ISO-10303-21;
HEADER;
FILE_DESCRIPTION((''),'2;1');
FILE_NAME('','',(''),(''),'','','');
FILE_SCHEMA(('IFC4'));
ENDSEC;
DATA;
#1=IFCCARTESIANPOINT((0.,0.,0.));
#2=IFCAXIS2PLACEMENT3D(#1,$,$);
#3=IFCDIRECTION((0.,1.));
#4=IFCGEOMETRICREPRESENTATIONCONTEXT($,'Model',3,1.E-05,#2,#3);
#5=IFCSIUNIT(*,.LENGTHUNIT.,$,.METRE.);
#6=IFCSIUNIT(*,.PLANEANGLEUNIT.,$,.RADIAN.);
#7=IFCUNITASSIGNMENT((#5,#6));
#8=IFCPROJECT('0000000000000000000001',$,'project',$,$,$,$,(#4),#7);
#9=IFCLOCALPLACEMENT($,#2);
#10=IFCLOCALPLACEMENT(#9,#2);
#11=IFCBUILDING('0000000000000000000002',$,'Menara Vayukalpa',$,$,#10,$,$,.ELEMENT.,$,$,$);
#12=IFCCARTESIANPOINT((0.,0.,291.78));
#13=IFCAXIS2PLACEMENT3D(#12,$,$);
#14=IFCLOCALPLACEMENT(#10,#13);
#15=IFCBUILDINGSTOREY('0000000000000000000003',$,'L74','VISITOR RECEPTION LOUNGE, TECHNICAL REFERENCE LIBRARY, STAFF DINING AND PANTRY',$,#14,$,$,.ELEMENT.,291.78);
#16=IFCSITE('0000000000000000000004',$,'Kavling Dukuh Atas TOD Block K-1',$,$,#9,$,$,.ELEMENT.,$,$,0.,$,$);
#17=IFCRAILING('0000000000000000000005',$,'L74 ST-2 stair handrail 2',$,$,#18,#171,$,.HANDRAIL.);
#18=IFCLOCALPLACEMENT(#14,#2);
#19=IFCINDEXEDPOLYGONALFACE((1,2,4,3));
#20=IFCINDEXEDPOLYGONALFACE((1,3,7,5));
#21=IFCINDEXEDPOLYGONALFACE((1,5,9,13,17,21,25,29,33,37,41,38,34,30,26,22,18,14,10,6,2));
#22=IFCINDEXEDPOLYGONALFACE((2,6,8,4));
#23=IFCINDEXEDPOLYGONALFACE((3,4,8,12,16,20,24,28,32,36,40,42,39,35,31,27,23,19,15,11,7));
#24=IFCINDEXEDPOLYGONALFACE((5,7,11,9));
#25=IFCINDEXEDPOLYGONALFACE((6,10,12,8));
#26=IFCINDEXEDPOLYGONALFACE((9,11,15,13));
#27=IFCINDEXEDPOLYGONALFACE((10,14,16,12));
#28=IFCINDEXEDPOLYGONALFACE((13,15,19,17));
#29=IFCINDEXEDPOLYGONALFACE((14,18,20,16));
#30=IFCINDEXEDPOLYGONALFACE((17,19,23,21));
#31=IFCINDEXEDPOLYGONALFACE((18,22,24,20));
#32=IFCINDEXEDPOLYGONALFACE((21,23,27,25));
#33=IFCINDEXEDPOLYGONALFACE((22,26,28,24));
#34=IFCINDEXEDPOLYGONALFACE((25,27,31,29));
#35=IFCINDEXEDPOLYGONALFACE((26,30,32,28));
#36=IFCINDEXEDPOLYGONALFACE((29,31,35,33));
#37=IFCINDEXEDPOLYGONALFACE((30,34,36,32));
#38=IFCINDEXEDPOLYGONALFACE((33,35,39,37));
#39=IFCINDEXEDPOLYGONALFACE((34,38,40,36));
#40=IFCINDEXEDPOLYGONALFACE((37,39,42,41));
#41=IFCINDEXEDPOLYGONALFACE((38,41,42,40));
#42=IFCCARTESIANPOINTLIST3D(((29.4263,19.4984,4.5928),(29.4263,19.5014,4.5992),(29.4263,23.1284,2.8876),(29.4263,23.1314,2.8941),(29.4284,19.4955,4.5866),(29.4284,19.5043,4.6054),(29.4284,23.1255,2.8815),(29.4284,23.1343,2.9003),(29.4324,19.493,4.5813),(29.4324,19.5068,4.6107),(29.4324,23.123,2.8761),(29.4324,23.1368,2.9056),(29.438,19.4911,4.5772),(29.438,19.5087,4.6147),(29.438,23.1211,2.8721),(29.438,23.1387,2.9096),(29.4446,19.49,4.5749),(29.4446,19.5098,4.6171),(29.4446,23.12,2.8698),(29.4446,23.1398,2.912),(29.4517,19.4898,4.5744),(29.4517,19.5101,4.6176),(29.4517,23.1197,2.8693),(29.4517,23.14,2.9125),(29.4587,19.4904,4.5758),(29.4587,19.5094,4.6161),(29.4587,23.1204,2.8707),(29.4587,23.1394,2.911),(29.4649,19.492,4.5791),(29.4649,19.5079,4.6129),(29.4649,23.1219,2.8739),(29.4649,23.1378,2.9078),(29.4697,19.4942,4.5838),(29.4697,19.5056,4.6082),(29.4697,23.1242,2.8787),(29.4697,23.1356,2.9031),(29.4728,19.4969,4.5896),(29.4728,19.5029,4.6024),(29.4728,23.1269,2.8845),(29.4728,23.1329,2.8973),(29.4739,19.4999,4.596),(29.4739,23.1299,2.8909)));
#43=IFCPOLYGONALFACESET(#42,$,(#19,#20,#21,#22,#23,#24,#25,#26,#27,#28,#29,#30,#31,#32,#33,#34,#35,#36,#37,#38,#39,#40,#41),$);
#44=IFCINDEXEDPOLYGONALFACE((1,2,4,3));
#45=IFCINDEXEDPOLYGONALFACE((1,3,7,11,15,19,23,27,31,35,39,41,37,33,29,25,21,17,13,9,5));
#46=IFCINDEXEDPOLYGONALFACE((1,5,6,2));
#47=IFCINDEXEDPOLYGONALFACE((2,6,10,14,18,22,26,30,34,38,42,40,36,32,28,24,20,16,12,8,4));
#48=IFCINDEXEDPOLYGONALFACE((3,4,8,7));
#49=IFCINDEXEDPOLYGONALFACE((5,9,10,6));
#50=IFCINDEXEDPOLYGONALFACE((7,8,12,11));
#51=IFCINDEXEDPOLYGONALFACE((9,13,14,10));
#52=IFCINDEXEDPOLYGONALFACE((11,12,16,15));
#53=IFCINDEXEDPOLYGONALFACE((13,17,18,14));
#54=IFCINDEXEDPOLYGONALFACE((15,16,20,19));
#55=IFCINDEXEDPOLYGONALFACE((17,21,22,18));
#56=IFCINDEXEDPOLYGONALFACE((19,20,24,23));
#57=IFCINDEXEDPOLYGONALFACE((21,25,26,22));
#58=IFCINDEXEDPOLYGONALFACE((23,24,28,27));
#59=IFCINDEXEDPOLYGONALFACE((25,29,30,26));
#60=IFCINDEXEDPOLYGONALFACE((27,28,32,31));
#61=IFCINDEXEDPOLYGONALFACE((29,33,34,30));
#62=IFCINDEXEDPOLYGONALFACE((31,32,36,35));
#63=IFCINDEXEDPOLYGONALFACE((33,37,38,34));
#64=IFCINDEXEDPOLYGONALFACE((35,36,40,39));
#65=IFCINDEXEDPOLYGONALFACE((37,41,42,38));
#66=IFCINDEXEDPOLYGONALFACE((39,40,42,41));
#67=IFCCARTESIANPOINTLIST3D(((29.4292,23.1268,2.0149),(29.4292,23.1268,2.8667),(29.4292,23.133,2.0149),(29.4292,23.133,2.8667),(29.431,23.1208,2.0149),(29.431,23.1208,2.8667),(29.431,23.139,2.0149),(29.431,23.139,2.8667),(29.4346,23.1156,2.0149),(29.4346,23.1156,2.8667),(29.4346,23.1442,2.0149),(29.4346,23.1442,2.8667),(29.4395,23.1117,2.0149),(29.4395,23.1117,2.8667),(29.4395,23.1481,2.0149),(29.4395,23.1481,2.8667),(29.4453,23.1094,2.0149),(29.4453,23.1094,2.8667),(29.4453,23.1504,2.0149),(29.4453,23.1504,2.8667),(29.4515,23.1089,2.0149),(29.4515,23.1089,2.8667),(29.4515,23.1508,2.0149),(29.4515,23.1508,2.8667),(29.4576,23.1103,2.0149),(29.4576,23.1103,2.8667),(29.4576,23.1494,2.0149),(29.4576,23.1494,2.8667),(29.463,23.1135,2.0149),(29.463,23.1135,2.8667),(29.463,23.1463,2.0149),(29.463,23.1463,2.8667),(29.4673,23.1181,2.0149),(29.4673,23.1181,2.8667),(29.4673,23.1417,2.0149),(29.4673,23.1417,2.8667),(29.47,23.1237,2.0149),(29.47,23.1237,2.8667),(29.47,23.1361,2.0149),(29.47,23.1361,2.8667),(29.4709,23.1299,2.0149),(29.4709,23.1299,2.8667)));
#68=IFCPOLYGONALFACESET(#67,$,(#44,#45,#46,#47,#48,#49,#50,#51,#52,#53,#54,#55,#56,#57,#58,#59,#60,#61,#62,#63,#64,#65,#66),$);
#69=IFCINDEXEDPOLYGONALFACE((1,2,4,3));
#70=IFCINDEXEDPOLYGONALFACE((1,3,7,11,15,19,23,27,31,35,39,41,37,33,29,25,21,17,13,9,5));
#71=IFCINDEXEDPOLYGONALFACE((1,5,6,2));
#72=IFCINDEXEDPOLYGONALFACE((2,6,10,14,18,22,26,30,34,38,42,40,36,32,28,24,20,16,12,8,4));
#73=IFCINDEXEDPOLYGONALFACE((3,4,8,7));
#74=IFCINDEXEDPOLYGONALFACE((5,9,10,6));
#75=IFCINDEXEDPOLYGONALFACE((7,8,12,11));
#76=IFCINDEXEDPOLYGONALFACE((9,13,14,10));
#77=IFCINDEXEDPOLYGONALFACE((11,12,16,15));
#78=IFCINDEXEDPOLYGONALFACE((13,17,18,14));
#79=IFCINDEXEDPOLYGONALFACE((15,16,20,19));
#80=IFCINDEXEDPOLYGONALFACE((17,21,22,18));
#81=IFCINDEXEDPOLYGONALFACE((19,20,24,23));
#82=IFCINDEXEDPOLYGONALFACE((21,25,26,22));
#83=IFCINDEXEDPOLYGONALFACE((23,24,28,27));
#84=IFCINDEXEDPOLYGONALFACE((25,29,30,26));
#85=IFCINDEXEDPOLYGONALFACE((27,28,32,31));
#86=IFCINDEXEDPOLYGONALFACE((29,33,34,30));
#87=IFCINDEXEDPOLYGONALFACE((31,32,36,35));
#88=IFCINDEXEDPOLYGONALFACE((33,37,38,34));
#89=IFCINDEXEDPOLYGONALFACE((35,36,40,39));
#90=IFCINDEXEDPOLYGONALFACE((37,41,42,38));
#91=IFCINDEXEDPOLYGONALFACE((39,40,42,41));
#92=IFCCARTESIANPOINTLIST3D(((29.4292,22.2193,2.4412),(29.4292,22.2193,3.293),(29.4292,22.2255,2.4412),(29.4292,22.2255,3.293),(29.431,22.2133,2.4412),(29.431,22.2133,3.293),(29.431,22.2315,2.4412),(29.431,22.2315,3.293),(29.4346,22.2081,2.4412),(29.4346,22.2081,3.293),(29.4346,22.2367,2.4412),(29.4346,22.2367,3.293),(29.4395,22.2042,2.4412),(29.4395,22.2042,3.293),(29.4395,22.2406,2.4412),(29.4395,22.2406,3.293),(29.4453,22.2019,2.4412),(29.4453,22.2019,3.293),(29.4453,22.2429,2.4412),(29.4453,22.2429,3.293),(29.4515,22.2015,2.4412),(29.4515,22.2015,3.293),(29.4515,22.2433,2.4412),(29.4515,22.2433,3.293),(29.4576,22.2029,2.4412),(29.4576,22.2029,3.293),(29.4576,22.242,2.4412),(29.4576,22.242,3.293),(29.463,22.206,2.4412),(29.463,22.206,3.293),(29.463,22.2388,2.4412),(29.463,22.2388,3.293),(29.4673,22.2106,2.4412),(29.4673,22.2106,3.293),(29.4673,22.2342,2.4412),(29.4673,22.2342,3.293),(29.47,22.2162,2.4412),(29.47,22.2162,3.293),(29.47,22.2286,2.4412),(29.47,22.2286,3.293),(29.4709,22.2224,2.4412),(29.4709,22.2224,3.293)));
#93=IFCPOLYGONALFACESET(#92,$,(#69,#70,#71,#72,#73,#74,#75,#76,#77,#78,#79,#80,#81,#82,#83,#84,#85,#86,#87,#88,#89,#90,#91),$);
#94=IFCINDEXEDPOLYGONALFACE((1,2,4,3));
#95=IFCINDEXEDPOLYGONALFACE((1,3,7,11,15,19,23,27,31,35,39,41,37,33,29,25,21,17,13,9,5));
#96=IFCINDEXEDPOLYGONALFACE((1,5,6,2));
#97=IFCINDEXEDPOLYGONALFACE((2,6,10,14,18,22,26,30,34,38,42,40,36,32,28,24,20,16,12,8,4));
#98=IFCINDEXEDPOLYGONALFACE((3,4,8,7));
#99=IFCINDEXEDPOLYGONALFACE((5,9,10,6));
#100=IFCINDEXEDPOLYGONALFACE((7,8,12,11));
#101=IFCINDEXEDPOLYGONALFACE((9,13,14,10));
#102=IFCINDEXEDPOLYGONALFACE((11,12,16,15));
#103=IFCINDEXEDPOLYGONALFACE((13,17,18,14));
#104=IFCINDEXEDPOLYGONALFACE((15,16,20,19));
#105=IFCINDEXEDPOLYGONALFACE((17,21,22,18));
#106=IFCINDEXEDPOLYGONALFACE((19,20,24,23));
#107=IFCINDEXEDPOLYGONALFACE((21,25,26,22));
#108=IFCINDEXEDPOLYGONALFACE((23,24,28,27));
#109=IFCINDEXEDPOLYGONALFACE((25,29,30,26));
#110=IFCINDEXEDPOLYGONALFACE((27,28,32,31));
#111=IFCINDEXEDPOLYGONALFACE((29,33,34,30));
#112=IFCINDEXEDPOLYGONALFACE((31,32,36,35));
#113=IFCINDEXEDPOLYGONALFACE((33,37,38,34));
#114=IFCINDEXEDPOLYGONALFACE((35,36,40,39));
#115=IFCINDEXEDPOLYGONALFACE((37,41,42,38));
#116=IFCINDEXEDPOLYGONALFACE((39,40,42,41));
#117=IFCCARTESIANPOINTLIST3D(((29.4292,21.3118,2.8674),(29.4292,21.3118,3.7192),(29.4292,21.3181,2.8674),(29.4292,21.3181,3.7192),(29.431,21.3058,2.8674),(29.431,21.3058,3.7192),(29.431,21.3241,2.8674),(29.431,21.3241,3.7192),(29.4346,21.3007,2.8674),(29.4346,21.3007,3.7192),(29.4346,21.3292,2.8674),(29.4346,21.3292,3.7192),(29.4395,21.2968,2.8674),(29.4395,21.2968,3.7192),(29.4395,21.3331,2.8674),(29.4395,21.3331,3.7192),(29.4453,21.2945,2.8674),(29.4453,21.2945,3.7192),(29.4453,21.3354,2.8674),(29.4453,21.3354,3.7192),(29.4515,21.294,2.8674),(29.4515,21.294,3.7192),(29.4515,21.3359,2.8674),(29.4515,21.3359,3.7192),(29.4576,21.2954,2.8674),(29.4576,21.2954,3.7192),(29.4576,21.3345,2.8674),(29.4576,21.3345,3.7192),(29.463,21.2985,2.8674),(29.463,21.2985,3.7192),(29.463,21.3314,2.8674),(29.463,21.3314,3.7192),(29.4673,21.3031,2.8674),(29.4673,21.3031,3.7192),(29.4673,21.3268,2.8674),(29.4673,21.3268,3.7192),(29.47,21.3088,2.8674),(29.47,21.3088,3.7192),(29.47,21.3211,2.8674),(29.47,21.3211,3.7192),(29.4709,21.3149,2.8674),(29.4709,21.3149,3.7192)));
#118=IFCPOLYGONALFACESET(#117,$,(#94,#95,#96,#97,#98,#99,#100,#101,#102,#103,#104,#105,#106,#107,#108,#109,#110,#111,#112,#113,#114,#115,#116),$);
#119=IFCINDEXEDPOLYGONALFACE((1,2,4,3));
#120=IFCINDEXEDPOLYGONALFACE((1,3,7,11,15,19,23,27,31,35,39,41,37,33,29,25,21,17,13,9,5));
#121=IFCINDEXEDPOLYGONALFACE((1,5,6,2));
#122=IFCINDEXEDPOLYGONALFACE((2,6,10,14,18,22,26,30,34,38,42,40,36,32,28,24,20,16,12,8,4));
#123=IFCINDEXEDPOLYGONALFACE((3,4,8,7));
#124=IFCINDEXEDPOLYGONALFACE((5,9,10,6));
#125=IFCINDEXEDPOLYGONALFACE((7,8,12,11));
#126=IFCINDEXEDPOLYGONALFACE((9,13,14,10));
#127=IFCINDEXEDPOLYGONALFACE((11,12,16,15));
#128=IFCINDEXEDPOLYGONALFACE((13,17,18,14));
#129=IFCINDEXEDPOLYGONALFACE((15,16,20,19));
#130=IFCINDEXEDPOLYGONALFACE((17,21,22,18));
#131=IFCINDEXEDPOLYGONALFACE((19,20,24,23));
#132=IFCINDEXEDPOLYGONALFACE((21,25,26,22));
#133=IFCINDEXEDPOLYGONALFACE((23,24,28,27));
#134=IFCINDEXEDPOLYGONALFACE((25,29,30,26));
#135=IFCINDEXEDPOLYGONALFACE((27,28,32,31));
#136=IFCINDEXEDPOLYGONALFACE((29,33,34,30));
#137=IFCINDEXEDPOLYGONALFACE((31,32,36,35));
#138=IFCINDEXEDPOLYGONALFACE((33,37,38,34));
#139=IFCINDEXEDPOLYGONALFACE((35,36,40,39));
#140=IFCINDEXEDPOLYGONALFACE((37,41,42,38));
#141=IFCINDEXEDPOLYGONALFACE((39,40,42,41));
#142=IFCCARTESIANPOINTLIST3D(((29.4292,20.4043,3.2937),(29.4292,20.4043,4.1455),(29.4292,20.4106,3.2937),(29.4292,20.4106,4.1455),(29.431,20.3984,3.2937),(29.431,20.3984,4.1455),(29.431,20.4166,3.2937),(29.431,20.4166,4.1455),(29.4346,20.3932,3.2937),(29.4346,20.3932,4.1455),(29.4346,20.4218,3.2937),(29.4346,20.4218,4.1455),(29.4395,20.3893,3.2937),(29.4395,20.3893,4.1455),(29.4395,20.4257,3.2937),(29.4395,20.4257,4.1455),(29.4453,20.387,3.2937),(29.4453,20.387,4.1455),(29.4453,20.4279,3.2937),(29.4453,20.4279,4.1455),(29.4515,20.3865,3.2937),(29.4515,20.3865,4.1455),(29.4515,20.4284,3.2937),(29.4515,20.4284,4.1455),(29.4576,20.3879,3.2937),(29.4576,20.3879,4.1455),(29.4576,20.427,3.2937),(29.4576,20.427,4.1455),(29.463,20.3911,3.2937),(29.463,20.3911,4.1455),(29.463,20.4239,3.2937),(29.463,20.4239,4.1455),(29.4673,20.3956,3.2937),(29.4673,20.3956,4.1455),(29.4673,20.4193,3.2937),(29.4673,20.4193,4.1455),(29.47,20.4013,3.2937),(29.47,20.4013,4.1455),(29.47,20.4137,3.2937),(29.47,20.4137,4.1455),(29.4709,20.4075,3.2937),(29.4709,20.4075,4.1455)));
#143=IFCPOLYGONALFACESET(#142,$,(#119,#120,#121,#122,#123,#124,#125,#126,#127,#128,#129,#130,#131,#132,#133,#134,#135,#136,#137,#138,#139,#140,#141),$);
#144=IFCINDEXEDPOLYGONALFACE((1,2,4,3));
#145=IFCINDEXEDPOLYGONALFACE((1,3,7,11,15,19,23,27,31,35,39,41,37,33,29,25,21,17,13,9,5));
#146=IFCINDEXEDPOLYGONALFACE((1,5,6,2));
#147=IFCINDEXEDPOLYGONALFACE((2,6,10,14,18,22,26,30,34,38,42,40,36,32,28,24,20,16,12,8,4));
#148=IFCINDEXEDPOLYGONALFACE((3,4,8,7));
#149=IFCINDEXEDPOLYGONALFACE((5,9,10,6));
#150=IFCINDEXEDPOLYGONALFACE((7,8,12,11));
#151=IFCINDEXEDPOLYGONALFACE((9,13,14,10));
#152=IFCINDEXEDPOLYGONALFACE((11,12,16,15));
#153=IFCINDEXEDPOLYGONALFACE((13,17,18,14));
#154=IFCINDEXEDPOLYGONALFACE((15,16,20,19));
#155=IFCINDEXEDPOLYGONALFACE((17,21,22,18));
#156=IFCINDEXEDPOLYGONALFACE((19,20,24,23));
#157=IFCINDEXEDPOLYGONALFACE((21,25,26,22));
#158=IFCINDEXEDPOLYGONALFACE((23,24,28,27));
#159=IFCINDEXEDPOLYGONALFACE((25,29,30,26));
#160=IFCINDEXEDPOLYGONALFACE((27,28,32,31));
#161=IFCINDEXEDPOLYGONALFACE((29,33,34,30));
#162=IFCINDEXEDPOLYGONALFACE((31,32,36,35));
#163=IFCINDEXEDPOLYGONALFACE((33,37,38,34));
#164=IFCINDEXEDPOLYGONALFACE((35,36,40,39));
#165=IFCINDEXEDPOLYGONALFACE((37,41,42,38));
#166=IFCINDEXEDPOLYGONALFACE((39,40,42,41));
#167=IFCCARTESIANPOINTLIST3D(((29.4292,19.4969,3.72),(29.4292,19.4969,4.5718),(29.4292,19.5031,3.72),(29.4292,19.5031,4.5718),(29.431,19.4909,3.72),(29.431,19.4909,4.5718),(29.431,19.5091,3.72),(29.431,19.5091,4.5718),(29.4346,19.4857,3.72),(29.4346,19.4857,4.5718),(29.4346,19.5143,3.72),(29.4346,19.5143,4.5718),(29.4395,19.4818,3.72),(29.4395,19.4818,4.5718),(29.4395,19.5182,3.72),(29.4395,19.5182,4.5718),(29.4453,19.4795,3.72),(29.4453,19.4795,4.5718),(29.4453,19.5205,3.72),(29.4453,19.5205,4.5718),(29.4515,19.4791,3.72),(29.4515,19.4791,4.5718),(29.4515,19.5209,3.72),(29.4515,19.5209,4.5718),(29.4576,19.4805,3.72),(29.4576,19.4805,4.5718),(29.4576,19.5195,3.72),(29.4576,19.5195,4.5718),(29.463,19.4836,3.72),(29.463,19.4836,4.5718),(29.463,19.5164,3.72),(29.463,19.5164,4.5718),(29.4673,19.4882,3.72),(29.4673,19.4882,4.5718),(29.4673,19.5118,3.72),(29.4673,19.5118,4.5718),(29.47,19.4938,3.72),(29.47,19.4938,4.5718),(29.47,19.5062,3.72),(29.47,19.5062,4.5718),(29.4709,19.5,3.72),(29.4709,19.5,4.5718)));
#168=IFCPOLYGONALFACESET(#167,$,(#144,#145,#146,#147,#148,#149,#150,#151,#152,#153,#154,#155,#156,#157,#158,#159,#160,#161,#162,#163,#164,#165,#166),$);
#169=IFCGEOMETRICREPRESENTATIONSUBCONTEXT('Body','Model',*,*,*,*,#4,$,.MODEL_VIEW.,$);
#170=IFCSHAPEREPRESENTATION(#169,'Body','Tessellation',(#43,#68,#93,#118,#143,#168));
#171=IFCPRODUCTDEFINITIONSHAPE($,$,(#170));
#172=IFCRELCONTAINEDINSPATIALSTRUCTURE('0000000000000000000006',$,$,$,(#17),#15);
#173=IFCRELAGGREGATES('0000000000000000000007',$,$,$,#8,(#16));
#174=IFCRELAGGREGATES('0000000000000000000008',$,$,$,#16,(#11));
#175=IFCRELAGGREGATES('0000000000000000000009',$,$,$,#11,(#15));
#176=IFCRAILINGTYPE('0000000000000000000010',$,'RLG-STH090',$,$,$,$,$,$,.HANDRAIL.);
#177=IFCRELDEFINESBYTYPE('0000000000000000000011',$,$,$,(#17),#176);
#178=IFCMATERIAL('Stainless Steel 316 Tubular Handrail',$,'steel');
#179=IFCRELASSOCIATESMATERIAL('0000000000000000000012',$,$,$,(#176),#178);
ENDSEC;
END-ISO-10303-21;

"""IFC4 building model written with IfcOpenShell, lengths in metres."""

from ifc_helpers import new_model, si_unit, direction, frame, origin, origin_2d, place, context, subcontext, project, spatial, circle, extrude, material, type_object, element, save


model = new_model("IFC4")

# Units and contexts
model_context = context("Model", 3, precision=1e-05, world=origin(), true_north=direction((0.0, 1.0)))
body_context = subcontext(model_context, "Body", "Model", "MODEL_VIEW")
ifc_project = project(units=[si_unit("LENGTHUNIT", "METRE"), si_unit("PLANEANGLEUNIT", "RADIAN")], contexts=[model_context])

# Site, building, storey
site_placement = place(None, origin())
site = spatial("IfcSite", under=ifc_project, at=site_placement, Name="Kavling Dukuh Atas TOD Block K-1", CompositionType="ELEMENT", RefElevation=0.0)
building_placement = place(site_placement, origin())
building = spatial("IfcBuilding", under=site, at=building_placement, Name="Menara Vayukalpa", CompositionType="ELEMENT")
storey_placement = place(building_placement, frame((0.0, 0.0, 291.78)))
storey = spatial("IfcBuildingStorey", under=building, at=storey_placement, Name="L74", Description="VISITOR RECEPTION LOUNGE, TECHNICAL REFERENCE LIBRARY, STAFF DINING AND PANTRY", CompositionType="ELEMENT", Elevation=291.78)

# Railing
ifc_material_1 = material(Name="Stainless Steel 316 Tubular Handrail", Category="steel")
railing_type_1 = type_object("IfcRailingType", Name="RLG-STH090", PredefinedType="HANDRAIL", material=ifc_material_1)
railing_1_placement = place(storey_placement, frame((29.45, 23.1299, 2.0149)))
element("IfcRailing", 1, at=railing_1_placement, inside=storey, type_object=railing_type_1, Name="L74 ST-2 stair handrail 2", PredefinedType="HANDRAIL", context=body_context, shape_type="SweptSolid", body=[
    extrude(circle(Radius=0.0239, at=origin_2d()), frame((0.0, 0.0, 0.876), z_axis=(0.0, -0.905116, 0.425164), x_axis=(1.0, 0.0, 0.0)), (0.0, 0.0, 1.0), 4.0105),
    extrude(circle(Radius=0.021, at=origin_2d()), origin(), (0.0, 0.0, 1.0), 0.8518),
    extrude(circle(Radius=0.021, at=origin_2d()), frame((0.0, -0.9075, 0.4263)), (0.0, 0.0, 1.0), 0.8518),
    extrude(circle(Radius=0.021, at=origin_2d()), frame((0.0, -1.8149, 0.8525)), (0.0, 0.0, 1.0), 0.8518),
    extrude(circle(Radius=0.021, at=origin_2d()), frame((0.0, -2.7224, 1.2788)), (0.0, 0.0, 1.0), 0.8518),
    extrude(circle(Radius=0.021, at=origin_2d()), frame((0.0, -3.6299, 1.7051)), (0.0, 0.0, 1.0), 0.8518),
])

save(model, "model.ifc")
